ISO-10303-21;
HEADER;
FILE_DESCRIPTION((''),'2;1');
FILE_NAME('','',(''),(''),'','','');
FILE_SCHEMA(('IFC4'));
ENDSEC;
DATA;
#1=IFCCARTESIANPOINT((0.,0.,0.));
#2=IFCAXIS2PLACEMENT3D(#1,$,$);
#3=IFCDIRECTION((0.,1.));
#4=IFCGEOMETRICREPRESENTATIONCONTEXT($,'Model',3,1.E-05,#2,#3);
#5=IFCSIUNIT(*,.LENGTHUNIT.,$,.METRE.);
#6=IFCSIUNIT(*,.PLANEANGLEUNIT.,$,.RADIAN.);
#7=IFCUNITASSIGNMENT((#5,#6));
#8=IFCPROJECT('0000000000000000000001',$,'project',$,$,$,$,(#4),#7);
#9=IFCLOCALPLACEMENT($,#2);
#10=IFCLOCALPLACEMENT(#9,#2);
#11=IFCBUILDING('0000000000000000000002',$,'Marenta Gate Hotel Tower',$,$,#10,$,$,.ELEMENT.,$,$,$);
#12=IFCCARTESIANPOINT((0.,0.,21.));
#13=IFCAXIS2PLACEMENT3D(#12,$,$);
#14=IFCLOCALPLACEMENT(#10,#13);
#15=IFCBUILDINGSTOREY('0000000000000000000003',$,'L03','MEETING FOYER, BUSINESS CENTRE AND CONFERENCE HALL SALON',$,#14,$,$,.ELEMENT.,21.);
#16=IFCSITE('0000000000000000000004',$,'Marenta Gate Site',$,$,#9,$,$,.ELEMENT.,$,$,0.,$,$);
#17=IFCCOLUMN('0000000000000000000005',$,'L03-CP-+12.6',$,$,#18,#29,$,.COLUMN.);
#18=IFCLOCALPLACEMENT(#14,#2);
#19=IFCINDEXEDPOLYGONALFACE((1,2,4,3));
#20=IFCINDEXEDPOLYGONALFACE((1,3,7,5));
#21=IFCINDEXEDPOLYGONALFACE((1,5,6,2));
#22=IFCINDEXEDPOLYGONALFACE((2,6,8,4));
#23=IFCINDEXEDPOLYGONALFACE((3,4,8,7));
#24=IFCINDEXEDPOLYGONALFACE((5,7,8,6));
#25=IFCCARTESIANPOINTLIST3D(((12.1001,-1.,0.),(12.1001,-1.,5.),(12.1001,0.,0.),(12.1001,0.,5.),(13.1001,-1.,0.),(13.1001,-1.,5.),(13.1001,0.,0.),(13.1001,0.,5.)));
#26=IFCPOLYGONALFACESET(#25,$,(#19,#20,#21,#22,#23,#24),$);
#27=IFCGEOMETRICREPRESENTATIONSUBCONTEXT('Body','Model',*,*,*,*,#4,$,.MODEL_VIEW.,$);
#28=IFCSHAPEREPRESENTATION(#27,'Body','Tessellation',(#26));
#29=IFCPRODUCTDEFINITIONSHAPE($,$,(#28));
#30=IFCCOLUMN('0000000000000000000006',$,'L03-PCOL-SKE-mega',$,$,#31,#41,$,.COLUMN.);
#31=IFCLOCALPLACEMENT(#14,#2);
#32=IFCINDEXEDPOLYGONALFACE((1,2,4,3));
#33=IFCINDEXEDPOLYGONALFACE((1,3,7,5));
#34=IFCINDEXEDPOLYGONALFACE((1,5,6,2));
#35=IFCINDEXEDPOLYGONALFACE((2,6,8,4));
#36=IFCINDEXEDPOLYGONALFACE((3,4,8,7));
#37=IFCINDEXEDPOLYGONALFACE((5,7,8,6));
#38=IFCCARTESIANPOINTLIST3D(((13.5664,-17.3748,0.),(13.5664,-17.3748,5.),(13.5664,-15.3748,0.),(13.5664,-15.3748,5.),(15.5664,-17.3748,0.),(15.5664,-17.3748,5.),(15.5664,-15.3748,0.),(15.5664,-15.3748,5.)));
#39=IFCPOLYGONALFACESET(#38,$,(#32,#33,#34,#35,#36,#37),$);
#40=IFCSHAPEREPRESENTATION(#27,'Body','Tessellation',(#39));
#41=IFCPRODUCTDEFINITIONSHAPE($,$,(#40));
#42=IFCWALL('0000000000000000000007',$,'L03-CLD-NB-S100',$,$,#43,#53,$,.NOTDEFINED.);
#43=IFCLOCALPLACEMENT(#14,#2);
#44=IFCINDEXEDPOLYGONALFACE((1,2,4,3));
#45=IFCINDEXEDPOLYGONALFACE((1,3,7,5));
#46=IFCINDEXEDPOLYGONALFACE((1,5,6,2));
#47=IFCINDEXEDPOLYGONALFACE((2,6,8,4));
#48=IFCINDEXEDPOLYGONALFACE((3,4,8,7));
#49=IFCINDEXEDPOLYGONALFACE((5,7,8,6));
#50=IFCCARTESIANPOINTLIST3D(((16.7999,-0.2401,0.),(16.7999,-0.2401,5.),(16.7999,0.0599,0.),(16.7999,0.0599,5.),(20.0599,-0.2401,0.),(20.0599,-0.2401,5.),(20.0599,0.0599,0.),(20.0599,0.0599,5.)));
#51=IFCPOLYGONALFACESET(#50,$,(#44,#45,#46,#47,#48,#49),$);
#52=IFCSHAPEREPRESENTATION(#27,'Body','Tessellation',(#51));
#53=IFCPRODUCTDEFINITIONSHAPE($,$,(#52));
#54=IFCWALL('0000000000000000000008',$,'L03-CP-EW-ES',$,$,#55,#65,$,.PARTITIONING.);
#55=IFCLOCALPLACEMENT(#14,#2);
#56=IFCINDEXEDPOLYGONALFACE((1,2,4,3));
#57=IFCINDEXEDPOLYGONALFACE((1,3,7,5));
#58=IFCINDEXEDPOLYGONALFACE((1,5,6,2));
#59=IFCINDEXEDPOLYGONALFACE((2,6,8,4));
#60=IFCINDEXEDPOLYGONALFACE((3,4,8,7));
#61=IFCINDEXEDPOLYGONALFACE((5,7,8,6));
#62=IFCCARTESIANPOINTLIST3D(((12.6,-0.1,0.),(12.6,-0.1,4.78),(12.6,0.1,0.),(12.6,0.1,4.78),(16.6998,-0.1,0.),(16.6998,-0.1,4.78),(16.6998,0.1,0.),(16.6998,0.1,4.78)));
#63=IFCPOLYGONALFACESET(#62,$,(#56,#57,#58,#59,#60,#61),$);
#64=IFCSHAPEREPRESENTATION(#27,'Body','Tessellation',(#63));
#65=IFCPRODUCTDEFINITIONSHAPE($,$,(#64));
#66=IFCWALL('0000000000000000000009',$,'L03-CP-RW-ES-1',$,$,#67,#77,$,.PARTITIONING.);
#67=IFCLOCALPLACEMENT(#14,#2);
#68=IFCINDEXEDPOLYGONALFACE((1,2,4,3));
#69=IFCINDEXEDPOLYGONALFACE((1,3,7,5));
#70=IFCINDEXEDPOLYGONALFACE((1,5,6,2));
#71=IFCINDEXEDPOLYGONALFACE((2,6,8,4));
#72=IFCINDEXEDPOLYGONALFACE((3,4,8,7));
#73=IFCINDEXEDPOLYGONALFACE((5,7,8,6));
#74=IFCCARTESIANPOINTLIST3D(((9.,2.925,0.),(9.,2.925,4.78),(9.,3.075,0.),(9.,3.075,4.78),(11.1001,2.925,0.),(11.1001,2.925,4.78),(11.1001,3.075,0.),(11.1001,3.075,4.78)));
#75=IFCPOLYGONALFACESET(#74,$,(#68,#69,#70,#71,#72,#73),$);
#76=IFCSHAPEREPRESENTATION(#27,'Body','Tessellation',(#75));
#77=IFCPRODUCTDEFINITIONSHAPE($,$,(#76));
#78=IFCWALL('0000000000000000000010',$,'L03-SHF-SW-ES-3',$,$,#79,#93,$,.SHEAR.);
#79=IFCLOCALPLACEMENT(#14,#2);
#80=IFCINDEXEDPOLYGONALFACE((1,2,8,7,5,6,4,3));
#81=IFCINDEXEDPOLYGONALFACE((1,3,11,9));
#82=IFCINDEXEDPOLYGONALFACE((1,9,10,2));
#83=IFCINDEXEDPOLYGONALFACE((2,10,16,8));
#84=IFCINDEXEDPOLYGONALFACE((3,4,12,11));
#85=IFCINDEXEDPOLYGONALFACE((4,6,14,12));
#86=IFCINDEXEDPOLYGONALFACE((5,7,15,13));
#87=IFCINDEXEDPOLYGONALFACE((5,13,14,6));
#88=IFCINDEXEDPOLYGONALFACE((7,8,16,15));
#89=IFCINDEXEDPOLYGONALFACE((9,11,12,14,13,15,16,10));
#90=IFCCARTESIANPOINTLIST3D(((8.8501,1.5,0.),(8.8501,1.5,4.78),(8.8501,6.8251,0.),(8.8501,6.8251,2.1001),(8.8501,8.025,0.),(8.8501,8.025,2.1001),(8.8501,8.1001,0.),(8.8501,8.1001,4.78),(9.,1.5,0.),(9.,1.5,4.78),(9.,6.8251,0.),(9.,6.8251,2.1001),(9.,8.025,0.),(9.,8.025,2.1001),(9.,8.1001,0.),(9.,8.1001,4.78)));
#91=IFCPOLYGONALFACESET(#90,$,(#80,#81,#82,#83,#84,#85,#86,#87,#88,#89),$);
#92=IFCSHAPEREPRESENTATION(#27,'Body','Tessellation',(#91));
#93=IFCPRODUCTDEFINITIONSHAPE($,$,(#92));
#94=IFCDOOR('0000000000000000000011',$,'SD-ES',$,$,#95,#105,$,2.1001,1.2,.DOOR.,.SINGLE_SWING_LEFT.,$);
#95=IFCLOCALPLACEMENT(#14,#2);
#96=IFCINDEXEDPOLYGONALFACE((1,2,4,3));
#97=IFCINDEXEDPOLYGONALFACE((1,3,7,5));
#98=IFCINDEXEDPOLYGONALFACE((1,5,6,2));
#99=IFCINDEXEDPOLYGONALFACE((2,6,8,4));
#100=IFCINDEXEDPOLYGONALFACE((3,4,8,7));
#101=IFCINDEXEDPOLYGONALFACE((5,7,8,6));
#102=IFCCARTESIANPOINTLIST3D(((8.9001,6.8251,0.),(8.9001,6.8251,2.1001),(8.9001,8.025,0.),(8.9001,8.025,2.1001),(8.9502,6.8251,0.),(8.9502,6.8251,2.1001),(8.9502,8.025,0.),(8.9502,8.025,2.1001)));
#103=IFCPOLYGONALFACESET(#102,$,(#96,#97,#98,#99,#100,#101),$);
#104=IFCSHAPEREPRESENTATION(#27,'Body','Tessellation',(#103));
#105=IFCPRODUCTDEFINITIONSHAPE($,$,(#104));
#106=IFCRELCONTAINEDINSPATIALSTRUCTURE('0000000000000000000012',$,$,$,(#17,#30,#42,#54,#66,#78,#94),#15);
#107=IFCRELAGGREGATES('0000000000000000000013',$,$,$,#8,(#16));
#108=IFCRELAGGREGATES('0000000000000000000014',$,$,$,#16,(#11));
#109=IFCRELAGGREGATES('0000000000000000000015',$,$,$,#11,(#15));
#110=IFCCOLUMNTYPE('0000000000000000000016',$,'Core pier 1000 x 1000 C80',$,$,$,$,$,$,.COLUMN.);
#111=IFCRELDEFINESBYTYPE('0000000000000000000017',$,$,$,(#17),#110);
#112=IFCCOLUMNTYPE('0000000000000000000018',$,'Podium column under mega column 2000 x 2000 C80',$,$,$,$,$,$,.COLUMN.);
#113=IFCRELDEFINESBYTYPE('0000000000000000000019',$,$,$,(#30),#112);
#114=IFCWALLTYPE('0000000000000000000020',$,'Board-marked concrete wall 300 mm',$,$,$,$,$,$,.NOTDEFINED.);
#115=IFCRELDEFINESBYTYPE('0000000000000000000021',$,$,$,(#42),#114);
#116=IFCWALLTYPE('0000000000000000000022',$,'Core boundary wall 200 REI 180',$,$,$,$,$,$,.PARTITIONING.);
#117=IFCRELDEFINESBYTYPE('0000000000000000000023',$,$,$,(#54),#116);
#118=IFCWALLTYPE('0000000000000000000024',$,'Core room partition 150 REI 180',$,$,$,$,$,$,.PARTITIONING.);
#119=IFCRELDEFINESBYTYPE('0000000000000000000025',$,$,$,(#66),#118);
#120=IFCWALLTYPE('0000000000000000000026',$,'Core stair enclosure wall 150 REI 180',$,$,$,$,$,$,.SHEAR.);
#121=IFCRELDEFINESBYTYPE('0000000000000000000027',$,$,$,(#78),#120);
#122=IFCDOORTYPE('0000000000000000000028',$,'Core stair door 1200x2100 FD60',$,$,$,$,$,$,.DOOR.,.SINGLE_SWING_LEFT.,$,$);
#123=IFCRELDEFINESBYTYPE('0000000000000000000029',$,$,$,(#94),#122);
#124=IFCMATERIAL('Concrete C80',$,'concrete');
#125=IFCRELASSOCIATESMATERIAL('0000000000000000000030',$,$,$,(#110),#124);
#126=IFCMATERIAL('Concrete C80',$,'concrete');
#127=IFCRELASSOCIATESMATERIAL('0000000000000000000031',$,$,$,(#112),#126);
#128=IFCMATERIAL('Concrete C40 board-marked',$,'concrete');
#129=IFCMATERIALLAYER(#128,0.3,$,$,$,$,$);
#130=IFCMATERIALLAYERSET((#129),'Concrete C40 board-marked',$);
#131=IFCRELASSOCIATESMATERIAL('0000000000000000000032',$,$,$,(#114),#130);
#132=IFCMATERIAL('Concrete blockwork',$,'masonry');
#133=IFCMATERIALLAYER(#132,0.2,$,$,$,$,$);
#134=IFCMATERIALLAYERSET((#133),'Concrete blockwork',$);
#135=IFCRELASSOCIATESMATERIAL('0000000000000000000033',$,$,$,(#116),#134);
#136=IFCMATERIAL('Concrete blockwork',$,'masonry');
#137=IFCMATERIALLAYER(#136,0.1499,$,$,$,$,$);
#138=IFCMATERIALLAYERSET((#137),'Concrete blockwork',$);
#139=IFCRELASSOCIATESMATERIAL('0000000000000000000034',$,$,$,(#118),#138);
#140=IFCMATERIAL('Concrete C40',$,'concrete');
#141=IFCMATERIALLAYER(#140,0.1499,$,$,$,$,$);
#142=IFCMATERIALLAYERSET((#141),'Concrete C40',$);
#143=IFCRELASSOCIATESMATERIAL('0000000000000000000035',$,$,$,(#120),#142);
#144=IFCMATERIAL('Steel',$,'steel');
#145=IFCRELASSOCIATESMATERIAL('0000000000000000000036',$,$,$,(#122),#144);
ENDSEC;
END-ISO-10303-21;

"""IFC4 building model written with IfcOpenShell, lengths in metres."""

from ifc_helpers import new_model, si_unit, direction, frame, frame_2d, origin, origin_2d, place, context, subcontext, project, spatial, rectangle, extrude, material, layer, layer_set, material_profile, profile_set, type_object, element, fill, save


model = new_model("IFC4")

# Units and contexts
model_context = context("Model", 3, precision=1e-05, world=origin(), true_north=direction((0.0, 1.0)))
body_context = subcontext(model_context, "Body", "Model", "MODEL_VIEW")
ifc_project = project(units=[si_unit("LENGTHUNIT", "METRE"), si_unit("PLANEANGLEUNIT", "RADIAN")], contexts=[model_context])

# Site, building, storey
site_placement = place(None, origin())
site = spatial("IfcSite", under=ifc_project, at=site_placement, Name="Marenta Gate Site", CompositionType="ELEMENT", RefElevation=0.0)
building_placement = place(site_placement, origin())
building = spatial("IfcBuilding", under=site, at=building_placement, Name="Marenta Gate Hotel Tower", CompositionType="ELEMENT")
storey_placement = place(building_placement, frame((0.0, 0.0, 21.0)))
storey = spatial("IfcBuildingStorey", under=building, at=storey_placement, Name="L03", Description="MEETING FOYER, BUSINESS CENTRE AND CONFERENCE HALL SALON", CompositionType="ELEMENT", Elevation=21.0)

# Columns
ifc_material_1 = material(Name="Concrete C80", Category="concrete")
ifc_material_profile_1 = material_profile(ifc_material_1, rectangle(XDim=1.0, YDim=1.0, at=origin_2d()), Name="1000 x 1000")
ifc_profile_set_1 = profile_set([ifc_material_profile_1], Name="Concrete C80")
column_type_1 = type_object("IfcColumnType", Name="Core pier 1000 x 1000 C80", PredefinedType="COLUMN", material=ifc_profile_set_1)
column_1_placement = place(storey_placement, frame((12.6001, -0.5, 0.0), z_axis=(0.0, 0.0, 1.0), x_axis=(1.0, 0.0, 0.0)))
element("IfcColumn", 1, at=column_1_placement, inside=storey, type_object=column_type_1, Name="L03-CP-+12.6", PredefinedType="COLUMN", context=body_context, shape_type="SweptSolid", body=[
    extrude(rectangle(XDim=1.0, YDim=1.0, at=origin_2d()), origin(), (0.0, 0.0, 1.0), 5.0),
])
ifc_material_2 = material(Name="Concrete C80", Category="concrete")
ifc_material_profile_2 = material_profile(ifc_material_2, rectangle(XDim=2.0, YDim=2.0, at=origin_2d()), Name="2000 x 2000")
ifc_profile_set_2 = profile_set([ifc_material_profile_2], Name="Concrete C80")
column_type_2 = type_object("IfcColumnType", Name="Podium column under mega column 2000 x 2000 C80", PredefinedType="COLUMN", material=ifc_profile_set_2)
column_2_placement = place(storey_placement, frame((14.5664, -16.3748, 0.0), z_axis=(0.0, 0.0, 1.0), x_axis=(1.0, 0.0, 0.0)))
element("IfcColumn", 2, at=column_2_placement, inside=storey, type_object=column_type_2, Name="L03-PCOL-SKE-mega", PredefinedType="COLUMN", context=body_context, shape_type="SweptSolid", body=[
    extrude(rectangle(XDim=2.0, YDim=2.0, at=origin_2d()), origin(), (0.0, 0.0, 1.0), 5.0),
])

# Wall
ifc_material_3 = material(Name="Concrete C40 board-marked", Category="concrete")
ifc_layer_1 = layer(ifc_material_3, 0.3)
ifc_layer_set_1 = layer_set([ifc_layer_1], Name="Concrete C40 board-marked")
wall_type_1 = type_object("IfcWallType", Name="Board-marked concrete wall 300 mm", PredefinedType="NOTDEFINED", material=ifc_layer_set_1)
wall_1_placement = place(storey_placement, frame((16.8, -0.0901, 0.0), z_axis=(0.0, 0.0, 1.0), x_axis=(1.0, 0.0, 0.0)))
element("IfcWall", 3, at=wall_1_placement, inside=storey, type_object=wall_type_1, Name="L03-CLD-NB-S100", PredefinedType="NOTDEFINED", context=body_context, shape_type="SweptSolid", body=[
    extrude(rectangle(XDim=3.26, YDim=0.3, at=frame_2d((1.6299, 0.0))), origin(), (0.0, 0.0, 1.0), 5.0),
])

# Shared definitions
ifc_material_4 = material(Name="Concrete blockwork", Category="masonry")
ifc_layer_2 = layer(ifc_material_4, 0.2)
ifc_layer_set_2 = layer_set([ifc_layer_2], Name="Concrete blockwork")
wall_type_2 = type_object("IfcWallType", Name="Core boundary wall 200 REI 180", PredefinedType="PARTITIONING", material=ifc_layer_set_2)

# Walls
wall_2_placement = place(storey_placement, frame((12.6001, 0.0, 0.0), z_axis=(0.0, 0.0, 1.0), x_axis=(1.0, 0.0, 0.0)))
element("IfcWall", 4, at=wall_2_placement, inside=storey, type_object=wall_type_2, Name="L03-CP-EW-ES", PredefinedType="PARTITIONING", context=body_context, shape_type="SweptSolid", body=[
    extrude(rectangle(XDim=4.0999, YDim=0.2, at=frame_2d((2.0498, 0.0))), origin(), (0.0, 0.0, 1.0), 4.78),
])
ifc_material_5 = material(Name="Concrete blockwork", Category="masonry")
ifc_layer_3 = layer(ifc_material_5, 0.1499)
ifc_layer_set_3 = layer_set([ifc_layer_3], Name="Concrete blockwork")
wall_type_3 = type_object("IfcWallType", Name="Core room partition 150 REI 180", PredefinedType="PARTITIONING", material=ifc_layer_set_3)
wall_3_placement = place(storey_placement, frame((9.0, 3.0, 0.0), z_axis=(0.0, 0.0, 1.0), x_axis=(1.0, 0.0, 0.0)))
element("IfcWall", 5, at=wall_3_placement, inside=storey, type_object=wall_type_3, Name="L03-CP-RW-ES-1", PredefinedType="PARTITIONING", context=body_context, shape_type="SweptSolid", body=[
    extrude(rectangle(XDim=2.1001, YDim=0.1499, at=frame_2d((1.05, 0.0))), origin(), (0.0, 0.0, 1.0), 4.78),
])

# Wall, opening, door
ifc_material_6 = material(Name="Concrete C40", Category="concrete")
ifc_layer_4 = layer(ifc_material_6, 0.1499)
ifc_layer_set_4 = layer_set([ifc_layer_4], Name="Concrete C40")
wall_type_4 = type_object("IfcWallType", Name="Core stair enclosure wall 150 REI 180", PredefinedType="SHEAR", material=ifc_layer_set_4)
wall_4_placement = place(storey_placement, frame((8.925, 1.5, 0.0), z_axis=(0.0, 0.0, 1.0), x_axis=(0.0, 1.0, 0.0)))
wall_4 = element("IfcWall", 6, at=wall_4_placement, inside=storey, type_object=wall_type_4, Name="L03-SHF-SW-ES-3", PredefinedType="SHEAR", context=body_context, shape_type="SweptSolid", body=[
    extrude(rectangle(XDim=6.6001, YDim=0.1499, at=frame_2d((3.3, 0.0))), origin(), (0.0, 0.0, 1.0), 4.78),
])
opening_1_placement = place(wall_4_placement, frame((5.325, 0.0, 0.0)))
opening_1 = element("IfcOpeningElement", 7, at=opening_1_placement, cuts=wall_4, PredefinedType="OPENING", context=body_context, shape_type="SweptSolid", body=[
    extrude(rectangle(XDim=1.2, YDim=2.1001, at=frame_2d((0.6001, 1.05))), frame((0.0, 0.075, 0.0), z_axis=(0.0, -1.0, 0.0), x_axis=(1.0, 0.0, 0.0)), (0.0, 0.0, 1.0), 0.1499),
])
ifc_material_7 = material(Name="Steel", Category="steel")
door_type_1 = type_object("IfcDoorType", Name="Core stair door 1200x2100 FD60", OperationType="SINGLE_SWING_LEFT", PredefinedType="DOOR", material=ifc_material_7)
door_1_placement = place(opening_1_placement, origin())
door_1 = element("IfcDoor", 8, at=door_1_placement, inside=storey, type_object=door_type_1, Name="SD-ES", OperationType="SINGLE_SWING_LEFT", OverallHeight=2.1001, OverallWidth=1.2, PredefinedType="DOOR", context=body_context, shape_type="SweptSolid", body=[
    extrude(rectangle(XDim=1.2, YDim=2.1001, at=frame_2d((0.6001, 1.05))), frame((0.0, 0.0249, 0.0), z_axis=(0.0, -1.0, 0.0), x_axis=(1.0, 0.0, 0.0)), (0.0, 0.0, 1.0), 0.05),
])
fill(opening_1, door_1)

save(model, "model.ifc")
